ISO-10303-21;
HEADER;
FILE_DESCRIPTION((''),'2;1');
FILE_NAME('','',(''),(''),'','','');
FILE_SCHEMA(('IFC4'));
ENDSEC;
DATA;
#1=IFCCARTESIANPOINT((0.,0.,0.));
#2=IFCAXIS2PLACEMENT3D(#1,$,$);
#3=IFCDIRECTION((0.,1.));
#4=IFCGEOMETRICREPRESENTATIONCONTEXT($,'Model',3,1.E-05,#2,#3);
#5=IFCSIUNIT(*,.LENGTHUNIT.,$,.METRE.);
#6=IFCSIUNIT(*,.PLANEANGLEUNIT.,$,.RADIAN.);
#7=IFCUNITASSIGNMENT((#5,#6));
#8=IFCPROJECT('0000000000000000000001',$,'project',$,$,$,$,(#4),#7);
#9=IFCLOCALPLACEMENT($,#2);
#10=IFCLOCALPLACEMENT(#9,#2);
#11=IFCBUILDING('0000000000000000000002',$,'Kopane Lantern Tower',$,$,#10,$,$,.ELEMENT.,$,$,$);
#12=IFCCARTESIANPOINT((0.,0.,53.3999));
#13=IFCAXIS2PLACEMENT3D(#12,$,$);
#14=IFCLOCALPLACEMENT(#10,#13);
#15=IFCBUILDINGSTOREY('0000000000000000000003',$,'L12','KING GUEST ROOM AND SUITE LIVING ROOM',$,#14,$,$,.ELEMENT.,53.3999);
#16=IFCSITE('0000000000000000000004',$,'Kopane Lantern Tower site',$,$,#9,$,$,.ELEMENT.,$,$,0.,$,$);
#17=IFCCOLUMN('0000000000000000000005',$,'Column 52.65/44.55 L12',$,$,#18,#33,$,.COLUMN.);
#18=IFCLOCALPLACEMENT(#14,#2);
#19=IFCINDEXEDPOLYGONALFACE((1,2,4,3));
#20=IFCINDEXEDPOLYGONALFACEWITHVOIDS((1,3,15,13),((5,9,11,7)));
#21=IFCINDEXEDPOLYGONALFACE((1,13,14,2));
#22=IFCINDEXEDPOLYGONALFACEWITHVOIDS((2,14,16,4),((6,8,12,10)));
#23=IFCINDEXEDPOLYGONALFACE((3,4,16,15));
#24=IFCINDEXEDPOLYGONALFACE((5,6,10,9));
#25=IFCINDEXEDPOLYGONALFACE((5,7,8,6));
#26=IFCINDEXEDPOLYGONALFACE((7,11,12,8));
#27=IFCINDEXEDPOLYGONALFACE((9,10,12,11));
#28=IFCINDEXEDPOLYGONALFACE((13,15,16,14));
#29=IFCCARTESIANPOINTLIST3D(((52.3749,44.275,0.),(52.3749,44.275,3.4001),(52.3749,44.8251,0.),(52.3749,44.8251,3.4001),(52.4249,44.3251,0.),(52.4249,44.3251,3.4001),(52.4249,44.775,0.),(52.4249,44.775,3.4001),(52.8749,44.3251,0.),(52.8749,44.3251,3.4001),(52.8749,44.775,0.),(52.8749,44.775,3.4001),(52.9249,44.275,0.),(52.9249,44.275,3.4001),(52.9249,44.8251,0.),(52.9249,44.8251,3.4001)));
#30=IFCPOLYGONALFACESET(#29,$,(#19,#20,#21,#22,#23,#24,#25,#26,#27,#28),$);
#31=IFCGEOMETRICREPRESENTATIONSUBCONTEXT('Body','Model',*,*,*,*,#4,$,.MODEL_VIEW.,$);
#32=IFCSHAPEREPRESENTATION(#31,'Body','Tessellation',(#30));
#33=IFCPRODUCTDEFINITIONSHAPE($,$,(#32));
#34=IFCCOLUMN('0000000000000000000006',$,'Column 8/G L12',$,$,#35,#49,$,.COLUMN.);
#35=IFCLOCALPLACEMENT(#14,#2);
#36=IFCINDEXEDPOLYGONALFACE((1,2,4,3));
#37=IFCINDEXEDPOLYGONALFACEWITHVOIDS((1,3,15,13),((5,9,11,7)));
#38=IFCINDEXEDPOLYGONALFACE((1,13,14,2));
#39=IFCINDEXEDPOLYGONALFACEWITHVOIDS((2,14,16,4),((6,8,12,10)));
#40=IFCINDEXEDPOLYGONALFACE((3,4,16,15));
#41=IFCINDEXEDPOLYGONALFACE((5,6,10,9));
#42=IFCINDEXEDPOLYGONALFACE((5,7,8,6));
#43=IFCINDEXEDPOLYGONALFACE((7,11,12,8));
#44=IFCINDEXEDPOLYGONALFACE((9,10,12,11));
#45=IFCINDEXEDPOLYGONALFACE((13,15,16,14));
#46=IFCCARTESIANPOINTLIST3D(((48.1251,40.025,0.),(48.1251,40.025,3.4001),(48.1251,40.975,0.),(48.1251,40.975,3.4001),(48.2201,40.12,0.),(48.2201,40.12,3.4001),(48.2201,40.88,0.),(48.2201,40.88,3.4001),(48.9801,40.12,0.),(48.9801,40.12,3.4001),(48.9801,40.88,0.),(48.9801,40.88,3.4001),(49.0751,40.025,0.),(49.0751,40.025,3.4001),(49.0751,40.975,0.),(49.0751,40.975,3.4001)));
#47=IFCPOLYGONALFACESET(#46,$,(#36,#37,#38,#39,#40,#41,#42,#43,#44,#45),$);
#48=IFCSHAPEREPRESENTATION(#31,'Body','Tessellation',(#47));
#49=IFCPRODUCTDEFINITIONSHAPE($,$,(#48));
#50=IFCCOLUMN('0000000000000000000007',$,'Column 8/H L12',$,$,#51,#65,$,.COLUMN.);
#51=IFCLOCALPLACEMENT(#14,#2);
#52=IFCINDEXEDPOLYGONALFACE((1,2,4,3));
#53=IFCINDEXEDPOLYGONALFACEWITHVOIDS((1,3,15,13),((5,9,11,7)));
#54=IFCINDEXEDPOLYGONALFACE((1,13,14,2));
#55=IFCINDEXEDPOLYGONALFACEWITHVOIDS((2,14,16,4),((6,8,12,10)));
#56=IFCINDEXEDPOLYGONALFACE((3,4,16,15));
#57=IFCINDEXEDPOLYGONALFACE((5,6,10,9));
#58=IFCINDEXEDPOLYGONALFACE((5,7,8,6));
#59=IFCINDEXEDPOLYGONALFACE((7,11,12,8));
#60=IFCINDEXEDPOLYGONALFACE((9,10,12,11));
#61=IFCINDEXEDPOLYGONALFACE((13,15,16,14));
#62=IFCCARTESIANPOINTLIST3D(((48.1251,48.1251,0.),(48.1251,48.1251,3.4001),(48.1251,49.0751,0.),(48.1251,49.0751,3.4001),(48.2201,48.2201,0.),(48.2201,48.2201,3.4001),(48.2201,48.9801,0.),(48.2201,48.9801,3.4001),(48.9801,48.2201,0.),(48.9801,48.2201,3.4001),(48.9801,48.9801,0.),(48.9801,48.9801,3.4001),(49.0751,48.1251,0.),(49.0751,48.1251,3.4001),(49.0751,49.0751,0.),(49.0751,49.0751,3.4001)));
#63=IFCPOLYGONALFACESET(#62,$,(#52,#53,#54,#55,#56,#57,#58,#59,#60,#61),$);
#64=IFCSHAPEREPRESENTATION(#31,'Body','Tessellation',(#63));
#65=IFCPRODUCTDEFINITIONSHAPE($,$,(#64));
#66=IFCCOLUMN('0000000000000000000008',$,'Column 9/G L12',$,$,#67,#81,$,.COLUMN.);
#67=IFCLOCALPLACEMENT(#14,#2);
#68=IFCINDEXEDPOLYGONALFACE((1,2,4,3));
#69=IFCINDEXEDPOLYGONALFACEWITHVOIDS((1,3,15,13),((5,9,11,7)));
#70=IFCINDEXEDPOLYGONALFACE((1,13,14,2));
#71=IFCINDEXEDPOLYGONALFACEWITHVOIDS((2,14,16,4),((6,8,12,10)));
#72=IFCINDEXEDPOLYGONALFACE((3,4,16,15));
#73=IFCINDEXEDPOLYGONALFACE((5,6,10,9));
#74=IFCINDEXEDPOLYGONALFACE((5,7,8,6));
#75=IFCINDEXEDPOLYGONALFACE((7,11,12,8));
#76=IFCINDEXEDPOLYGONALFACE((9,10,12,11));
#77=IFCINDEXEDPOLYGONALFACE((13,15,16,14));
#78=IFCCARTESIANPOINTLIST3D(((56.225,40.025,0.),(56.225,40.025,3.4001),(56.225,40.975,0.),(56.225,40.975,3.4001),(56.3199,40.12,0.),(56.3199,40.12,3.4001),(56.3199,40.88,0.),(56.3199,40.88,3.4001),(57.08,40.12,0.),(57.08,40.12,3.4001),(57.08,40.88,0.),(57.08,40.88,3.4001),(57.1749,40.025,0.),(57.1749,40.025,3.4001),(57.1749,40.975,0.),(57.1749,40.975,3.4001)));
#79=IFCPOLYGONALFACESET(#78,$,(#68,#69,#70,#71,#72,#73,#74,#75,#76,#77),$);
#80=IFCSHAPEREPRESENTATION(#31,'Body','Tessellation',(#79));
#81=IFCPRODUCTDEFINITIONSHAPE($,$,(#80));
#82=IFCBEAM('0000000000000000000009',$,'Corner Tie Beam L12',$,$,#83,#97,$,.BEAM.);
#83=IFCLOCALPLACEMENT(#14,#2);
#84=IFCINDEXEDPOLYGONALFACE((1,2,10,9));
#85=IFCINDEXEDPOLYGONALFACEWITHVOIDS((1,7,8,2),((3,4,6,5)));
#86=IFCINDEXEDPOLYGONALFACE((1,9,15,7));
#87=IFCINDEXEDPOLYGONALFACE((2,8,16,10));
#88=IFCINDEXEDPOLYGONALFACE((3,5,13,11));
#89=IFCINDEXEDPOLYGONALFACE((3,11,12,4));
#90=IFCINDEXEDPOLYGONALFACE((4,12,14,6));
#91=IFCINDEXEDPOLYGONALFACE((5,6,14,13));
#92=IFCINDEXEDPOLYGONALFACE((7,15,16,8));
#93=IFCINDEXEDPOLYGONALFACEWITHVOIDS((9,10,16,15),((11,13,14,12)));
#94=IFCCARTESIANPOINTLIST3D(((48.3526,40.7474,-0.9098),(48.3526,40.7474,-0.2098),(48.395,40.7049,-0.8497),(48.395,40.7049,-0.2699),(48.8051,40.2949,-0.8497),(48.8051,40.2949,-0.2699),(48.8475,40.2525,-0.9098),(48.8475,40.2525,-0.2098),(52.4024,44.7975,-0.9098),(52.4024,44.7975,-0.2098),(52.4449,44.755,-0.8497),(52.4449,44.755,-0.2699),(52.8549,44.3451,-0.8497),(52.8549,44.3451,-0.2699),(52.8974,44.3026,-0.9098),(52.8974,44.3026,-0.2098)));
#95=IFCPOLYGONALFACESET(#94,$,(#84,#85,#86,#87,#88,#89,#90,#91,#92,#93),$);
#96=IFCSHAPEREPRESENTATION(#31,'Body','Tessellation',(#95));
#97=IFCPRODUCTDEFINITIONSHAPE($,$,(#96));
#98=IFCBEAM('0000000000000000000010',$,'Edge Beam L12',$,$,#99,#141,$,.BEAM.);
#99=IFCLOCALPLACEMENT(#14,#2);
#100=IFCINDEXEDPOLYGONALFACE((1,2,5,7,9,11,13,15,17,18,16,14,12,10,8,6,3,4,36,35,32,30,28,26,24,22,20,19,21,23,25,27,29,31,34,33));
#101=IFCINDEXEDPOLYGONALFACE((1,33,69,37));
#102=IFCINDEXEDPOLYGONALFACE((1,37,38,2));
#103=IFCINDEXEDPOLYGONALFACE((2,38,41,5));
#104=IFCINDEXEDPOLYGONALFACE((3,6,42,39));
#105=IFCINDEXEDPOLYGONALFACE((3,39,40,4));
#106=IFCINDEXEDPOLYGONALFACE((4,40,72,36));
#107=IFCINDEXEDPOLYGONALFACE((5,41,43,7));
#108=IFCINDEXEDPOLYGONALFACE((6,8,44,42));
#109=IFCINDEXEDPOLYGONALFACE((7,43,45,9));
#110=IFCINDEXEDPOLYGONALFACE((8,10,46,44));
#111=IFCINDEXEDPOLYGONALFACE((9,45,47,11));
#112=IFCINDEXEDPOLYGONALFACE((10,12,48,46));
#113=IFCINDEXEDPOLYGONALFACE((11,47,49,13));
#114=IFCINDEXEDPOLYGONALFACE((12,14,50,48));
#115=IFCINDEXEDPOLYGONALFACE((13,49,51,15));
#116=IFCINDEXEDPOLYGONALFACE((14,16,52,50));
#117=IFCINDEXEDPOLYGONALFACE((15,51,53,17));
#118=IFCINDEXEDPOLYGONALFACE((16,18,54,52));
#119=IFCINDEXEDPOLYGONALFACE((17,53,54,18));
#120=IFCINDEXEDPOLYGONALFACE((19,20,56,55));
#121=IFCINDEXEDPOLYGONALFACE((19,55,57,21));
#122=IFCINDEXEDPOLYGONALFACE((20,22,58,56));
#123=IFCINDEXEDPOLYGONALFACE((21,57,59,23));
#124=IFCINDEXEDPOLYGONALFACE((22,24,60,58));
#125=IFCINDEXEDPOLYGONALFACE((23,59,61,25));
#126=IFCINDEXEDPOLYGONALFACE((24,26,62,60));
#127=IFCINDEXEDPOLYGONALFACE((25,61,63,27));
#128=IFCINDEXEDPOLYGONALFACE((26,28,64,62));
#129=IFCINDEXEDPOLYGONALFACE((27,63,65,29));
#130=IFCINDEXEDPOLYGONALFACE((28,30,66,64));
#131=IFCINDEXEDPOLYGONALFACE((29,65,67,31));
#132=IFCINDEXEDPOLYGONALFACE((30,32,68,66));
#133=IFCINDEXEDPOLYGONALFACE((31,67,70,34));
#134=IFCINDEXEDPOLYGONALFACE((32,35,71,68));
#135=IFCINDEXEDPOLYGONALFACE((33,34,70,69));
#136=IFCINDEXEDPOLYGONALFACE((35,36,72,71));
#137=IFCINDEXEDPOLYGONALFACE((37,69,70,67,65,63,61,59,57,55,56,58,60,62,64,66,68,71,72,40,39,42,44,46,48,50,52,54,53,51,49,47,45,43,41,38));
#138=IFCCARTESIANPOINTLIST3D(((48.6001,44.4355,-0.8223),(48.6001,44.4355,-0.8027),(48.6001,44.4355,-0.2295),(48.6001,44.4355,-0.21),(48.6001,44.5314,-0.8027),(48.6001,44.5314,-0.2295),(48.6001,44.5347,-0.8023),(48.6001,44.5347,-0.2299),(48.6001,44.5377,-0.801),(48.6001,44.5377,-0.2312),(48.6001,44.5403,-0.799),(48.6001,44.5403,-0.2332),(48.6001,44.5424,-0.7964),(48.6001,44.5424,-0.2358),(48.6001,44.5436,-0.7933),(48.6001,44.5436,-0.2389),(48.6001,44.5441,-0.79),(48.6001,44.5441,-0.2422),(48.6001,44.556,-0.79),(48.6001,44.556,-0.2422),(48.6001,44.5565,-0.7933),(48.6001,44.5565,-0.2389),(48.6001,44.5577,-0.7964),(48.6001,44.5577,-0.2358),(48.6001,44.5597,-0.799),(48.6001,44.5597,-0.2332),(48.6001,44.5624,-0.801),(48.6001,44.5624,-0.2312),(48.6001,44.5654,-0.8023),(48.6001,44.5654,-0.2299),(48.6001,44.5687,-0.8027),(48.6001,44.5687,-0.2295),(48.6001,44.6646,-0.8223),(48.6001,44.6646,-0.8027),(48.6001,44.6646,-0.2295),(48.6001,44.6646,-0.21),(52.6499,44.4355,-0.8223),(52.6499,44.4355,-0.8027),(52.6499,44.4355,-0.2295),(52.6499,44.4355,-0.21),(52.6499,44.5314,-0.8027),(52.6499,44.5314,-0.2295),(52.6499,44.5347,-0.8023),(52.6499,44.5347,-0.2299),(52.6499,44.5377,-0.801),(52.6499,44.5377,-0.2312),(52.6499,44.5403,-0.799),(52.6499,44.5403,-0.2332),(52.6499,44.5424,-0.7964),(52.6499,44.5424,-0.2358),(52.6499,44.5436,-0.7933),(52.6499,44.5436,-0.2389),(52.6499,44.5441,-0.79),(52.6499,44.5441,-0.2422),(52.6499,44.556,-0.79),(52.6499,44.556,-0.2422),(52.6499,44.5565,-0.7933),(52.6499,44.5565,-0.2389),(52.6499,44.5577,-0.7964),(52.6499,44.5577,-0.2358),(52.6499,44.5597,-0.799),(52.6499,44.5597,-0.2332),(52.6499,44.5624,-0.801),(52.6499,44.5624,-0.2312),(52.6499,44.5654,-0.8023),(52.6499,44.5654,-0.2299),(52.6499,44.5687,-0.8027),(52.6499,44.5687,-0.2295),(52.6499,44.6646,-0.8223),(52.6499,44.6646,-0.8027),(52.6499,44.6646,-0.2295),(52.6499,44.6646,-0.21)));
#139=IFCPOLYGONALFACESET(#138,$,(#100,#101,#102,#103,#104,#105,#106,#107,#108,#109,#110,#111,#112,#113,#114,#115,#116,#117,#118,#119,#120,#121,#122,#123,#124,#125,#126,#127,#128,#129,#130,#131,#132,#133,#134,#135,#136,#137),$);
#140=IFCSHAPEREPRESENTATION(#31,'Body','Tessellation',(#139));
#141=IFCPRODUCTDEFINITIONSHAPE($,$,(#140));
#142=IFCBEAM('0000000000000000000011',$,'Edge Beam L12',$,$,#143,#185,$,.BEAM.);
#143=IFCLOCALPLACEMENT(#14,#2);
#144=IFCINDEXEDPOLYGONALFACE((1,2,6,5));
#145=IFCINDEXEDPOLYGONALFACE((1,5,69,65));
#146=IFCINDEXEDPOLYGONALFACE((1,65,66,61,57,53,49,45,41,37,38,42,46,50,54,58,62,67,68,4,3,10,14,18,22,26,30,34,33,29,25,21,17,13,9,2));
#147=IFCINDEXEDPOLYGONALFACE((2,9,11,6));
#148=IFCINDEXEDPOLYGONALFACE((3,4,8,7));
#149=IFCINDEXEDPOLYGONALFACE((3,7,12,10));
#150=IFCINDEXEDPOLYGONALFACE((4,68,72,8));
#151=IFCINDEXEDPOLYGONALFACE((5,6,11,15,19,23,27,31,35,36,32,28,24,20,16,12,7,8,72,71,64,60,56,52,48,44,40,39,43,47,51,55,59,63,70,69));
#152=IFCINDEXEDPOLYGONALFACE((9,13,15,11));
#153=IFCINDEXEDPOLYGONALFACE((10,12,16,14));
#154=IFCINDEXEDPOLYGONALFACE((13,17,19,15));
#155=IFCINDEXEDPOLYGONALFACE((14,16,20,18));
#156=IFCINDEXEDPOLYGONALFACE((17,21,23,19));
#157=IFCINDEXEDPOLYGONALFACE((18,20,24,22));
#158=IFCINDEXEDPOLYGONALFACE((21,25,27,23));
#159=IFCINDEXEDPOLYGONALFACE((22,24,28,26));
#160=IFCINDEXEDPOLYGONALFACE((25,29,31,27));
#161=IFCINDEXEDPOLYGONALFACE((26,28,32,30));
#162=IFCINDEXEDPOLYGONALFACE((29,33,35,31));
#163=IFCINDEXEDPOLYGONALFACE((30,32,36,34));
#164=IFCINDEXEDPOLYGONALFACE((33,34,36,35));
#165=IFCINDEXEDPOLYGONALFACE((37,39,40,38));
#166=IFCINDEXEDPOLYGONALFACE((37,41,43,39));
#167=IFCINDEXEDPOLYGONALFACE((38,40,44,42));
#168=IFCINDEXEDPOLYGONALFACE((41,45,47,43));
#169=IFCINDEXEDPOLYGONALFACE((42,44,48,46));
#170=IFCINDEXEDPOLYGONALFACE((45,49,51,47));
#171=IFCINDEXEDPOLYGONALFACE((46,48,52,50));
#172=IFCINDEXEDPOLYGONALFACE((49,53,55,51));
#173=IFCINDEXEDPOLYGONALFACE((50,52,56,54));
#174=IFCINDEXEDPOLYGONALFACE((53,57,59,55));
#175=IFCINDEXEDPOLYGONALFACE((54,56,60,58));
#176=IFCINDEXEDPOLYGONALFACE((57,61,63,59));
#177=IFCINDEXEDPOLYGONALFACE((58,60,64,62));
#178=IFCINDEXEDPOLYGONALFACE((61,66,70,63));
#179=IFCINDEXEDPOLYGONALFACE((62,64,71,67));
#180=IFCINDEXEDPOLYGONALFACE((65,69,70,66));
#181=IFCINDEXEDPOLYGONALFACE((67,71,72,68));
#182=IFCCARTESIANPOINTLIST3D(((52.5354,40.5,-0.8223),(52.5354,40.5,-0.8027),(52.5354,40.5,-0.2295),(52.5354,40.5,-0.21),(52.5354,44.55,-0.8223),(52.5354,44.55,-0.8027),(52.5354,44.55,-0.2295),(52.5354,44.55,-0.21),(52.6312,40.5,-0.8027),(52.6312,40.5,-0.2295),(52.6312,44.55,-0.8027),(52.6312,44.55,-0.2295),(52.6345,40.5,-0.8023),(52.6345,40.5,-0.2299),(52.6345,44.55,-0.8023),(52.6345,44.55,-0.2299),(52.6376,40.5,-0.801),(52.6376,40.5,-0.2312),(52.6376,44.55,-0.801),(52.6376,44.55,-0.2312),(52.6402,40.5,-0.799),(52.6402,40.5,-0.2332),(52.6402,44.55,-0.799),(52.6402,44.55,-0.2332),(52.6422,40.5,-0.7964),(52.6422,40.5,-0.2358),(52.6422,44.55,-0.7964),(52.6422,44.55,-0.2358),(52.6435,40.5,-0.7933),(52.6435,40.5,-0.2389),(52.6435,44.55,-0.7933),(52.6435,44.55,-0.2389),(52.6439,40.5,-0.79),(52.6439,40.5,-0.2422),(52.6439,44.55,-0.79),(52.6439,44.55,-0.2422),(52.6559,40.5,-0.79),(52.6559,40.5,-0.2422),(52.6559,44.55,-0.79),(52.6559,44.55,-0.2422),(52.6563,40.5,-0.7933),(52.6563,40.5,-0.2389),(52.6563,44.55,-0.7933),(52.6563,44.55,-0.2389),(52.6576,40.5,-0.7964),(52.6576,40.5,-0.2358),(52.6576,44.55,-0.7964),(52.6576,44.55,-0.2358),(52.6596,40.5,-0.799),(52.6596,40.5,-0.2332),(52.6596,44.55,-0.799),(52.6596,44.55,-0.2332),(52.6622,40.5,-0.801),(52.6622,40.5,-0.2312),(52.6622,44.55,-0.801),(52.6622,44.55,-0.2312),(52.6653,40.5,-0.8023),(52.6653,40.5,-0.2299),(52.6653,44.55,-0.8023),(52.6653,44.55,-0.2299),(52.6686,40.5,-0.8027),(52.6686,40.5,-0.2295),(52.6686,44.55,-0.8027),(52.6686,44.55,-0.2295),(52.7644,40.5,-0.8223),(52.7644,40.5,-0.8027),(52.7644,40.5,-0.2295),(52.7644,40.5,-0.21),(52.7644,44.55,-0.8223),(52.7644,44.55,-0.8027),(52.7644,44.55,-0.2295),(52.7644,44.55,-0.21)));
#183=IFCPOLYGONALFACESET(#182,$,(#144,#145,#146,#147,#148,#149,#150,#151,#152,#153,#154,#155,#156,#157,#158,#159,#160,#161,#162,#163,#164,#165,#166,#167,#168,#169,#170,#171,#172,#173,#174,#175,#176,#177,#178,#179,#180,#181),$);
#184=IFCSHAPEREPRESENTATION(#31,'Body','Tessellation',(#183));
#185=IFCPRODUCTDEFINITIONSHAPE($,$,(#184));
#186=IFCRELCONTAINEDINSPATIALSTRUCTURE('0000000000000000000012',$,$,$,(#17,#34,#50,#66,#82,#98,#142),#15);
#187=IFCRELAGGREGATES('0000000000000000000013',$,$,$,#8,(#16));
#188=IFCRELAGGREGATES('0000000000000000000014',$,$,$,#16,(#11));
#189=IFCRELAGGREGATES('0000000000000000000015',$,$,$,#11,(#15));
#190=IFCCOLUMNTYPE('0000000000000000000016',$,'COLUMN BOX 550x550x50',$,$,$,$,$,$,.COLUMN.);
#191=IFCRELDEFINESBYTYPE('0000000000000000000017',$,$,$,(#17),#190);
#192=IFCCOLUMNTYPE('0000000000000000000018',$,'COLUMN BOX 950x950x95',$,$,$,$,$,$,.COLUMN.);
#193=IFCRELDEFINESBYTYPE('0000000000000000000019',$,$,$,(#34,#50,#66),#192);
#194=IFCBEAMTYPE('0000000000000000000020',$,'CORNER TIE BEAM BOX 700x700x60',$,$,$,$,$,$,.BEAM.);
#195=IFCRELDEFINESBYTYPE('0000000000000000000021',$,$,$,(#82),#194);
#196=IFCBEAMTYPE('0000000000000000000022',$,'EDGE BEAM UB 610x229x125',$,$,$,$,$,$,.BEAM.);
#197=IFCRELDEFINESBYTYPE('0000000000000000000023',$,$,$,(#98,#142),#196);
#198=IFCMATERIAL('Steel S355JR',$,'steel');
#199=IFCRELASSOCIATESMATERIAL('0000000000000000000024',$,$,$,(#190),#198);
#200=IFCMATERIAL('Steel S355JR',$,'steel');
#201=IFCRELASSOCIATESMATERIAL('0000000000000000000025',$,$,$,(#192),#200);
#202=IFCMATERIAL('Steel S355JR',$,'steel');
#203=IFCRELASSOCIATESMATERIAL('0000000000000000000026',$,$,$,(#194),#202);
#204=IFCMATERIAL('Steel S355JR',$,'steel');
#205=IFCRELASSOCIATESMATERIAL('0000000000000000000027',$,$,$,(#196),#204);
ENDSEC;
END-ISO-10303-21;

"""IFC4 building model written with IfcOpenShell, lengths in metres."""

from ifc_helpers import new_model, si_unit, direction, frame, origin, origin_2d, place, context, subcontext, project, spatial, hollow_rectangle, i_section, extrude, material, material_profile, profile_set, type_object, element, save


model = new_model("IFC4")

# Units and contexts
model_context = context("Model", 3, precision=1e-05, world=origin(), true_north=direction((0.0, 1.0)))
body_context = subcontext(model_context, "Body", "Model", "MODEL_VIEW")
ifc_project = project(units=[si_unit("LENGTHUNIT", "METRE"), si_unit("PLANEANGLEUNIT", "RADIAN")], contexts=[model_context])

# Site, building, storey
site_placement = place(None, origin())
site = spatial("IfcSite", under=ifc_project, at=site_placement, Name="Kopane Lantern Tower site", CompositionType="ELEMENT", RefElevation=0.0)
building_placement = place(site_placement, origin())
building = spatial("IfcBuilding", under=site, at=building_placement, Name="Kopane Lantern Tower", CompositionType="ELEMENT")
storey_placement = place(building_placement, frame((0.0, 0.0, 53.3999)))
storey = spatial("IfcBuildingStorey", under=building, at=storey_placement, Name="L12", Description="KING GUEST ROOM AND SUITE LIVING ROOM", CompositionType="ELEMENT", Elevation=53.3999)

# Columns
ifc_material_1 = material(Name="Steel S355JR", Category="steel")
ifc_material_profile_1 = material_profile(ifc_material_1, hollow_rectangle(XDim=0.55, YDim=0.55, WallThickness=0.05, at=origin_2d()), Name="BOX 550x550x50")
ifc_profile_set_1 = profile_set([ifc_material_profile_1], Name="Steel S355JR")
column_type_1 = type_object("IfcColumnType", Name="COLUMN BOX 550x550x50", PredefinedType="COLUMN", material=ifc_profile_set_1)
column_placement = place(storey_placement, frame((52.6499, 44.55, 0.0), z_axis=(0.0, 0.0, 1.0), x_axis=(1.0, 0.0, 0.0)))
element("IfcColumn", 1, at=column_placement, inside=storey, type_object=column_type_1, Name="Column 52.65/44.55 L12", PredefinedType="COLUMN", context=body_context, shape_type="SweptSolid", body=[
    extrude(hollow_rectangle(XDim=0.55, YDim=0.55, WallThickness=0.05, at=origin_2d()), origin(), (0.0, 0.0, 1.0), 3.4001),
])
ifc_material_2 = material(Name="Steel S355JR", Category="steel")
ifc_material_profile_2 = material_profile(ifc_material_2, hollow_rectangle(XDim=0.95, YDim=0.95, WallThickness=0.095, at=origin_2d()), Name="BOX 950x950x95")
ifc_profile_set_2 = profile_set([ifc_material_profile_2], Name="Steel S355JR")
column_type_2 = type_object("IfcColumnType", Name="COLUMN BOX 950x950x95", PredefinedType="COLUMN", material=ifc_profile_set_2)
for number, where, z_axis, x_axis, name in (
    (2, (48.6001, 40.5, 0.0), (0.0, 0.0, 1.0), (1.0, 0.0, 0.0), "Column 8/G L12"),
    (3, (48.6001, 48.6001, 0.0), (0.0, 0.0, 1.0), (1.0, 0.0, 0.0), "Column 8/H L12"),
    (4, (56.7, 40.5, 0.0), (0.0, 0.0, 1.0), (1.0, 0.0, 0.0), "Column 9/G L12"),
):
    element("IfcColumn", number, at=place(storey_placement, frame(where, z_axis=z_axis, x_axis=x_axis)), inside=storey, type_object=column_type_2, Name=name, PredefinedType="COLUMN", context=body_context, shape_type="SweptSolid", body=[
        extrude(hollow_rectangle(XDim=0.95, YDim=0.95, WallThickness=0.095, at=origin_2d()), origin(), (0.0, 0.0, 1.0), 3.4001),
    ])

# Beams
ifc_material_3 = material(Name="Steel S355JR", Category="steel")
ifc_material_profile_3 = material_profile(ifc_material_3, hollow_rectangle(XDim=0.7, YDim=0.7, WallThickness=0.0601, at=origin_2d()), Name="BOX 700x700x60")
ifc_profile_set_3 = profile_set([ifc_material_profile_3], Name="Steel S355JR")
beam_type_1 = type_object("IfcBeamType", Name="CORNER TIE BEAM BOX 700x700x60", PredefinedType="BEAM", material=ifc_profile_set_3)
beam_1_placement = place(storey_placement, frame((52.6499, 44.55, -0.5598), z_axis=(-0.707085, -0.707128, 0.0), x_axis=(0.707128, -0.707085, 0.0)))
element("IfcBeam", 5, at=beam_1_placement, inside=storey, type_object=beam_type_1, Name="Corner Tie Beam L12", PredefinedType="BEAM", context=body_context, shape_type="SweptSolid", body=[
    extrude(hollow_rectangle(XDim=0.7, YDim=0.7, WallThickness=0.0601, at=origin_2d()), origin(), (0.0, 0.0, 1.0), 5.7275),
])
ifc_material_4 = material(Name="Steel S355JR", Category="steel")
ifc_material_profile_4 = material_profile(ifc_material_4, i_section(OverallWidth=0.229, OverallDepth=0.6123, WebThickness=0.012, FlangeThickness=0.0195, FilletRadius=0.0127, at=origin_2d()), Name="UB 610x229x125")
ifc_profile_set_4 = profile_set([ifc_material_profile_4], Name="Steel S355JR")
beam_type_2 = type_object("IfcBeamType", Name="EDGE BEAM UB 610x229x125", PredefinedType="BEAM", material=ifc_profile_set_4)
beam_2_placement = place(storey_placement, frame((52.6499, 44.55, -0.5161), z_axis=(-1.0, 0.0, 0.0), x_axis=(0.0, -1.0, 0.0)))
element("IfcBeam", 6, at=beam_2_placement, inside=storey, type_object=beam_type_2, Name="Edge Beam L12", PredefinedType="BEAM", context=body_context, shape_type="SweptSolid", body=[
    extrude(i_section(OverallWidth=0.229, OverallDepth=0.6123, WebThickness=0.012, FlangeThickness=0.0195, FilletRadius=0.0127, at=origin_2d()), origin(), (0.0, 0.0, 1.0), 4.0498),
])
beam_3_placement = place(storey_placement, frame((52.6499, 44.55, -0.5161), z_axis=(0.0, -1.0, 0.0), x_axis=(1.0, 0.0, 0.0)))
element("IfcBeam", 7, at=beam_3_placement, inside=storey, type_object=beam_type_2, Name="Edge Beam L12", PredefinedType="BEAM", context=body_context, shape_type="SweptSolid", body=[
    extrude(i_section(OverallWidth=0.229, OverallDepth=0.6123, WebThickness=0.012, FlangeThickness=0.0195, FilletRadius=0.0127, at=origin_2d()), origin(), (0.0, 0.0, 1.0), 4.05),
])

save(model, "model.ifc")
